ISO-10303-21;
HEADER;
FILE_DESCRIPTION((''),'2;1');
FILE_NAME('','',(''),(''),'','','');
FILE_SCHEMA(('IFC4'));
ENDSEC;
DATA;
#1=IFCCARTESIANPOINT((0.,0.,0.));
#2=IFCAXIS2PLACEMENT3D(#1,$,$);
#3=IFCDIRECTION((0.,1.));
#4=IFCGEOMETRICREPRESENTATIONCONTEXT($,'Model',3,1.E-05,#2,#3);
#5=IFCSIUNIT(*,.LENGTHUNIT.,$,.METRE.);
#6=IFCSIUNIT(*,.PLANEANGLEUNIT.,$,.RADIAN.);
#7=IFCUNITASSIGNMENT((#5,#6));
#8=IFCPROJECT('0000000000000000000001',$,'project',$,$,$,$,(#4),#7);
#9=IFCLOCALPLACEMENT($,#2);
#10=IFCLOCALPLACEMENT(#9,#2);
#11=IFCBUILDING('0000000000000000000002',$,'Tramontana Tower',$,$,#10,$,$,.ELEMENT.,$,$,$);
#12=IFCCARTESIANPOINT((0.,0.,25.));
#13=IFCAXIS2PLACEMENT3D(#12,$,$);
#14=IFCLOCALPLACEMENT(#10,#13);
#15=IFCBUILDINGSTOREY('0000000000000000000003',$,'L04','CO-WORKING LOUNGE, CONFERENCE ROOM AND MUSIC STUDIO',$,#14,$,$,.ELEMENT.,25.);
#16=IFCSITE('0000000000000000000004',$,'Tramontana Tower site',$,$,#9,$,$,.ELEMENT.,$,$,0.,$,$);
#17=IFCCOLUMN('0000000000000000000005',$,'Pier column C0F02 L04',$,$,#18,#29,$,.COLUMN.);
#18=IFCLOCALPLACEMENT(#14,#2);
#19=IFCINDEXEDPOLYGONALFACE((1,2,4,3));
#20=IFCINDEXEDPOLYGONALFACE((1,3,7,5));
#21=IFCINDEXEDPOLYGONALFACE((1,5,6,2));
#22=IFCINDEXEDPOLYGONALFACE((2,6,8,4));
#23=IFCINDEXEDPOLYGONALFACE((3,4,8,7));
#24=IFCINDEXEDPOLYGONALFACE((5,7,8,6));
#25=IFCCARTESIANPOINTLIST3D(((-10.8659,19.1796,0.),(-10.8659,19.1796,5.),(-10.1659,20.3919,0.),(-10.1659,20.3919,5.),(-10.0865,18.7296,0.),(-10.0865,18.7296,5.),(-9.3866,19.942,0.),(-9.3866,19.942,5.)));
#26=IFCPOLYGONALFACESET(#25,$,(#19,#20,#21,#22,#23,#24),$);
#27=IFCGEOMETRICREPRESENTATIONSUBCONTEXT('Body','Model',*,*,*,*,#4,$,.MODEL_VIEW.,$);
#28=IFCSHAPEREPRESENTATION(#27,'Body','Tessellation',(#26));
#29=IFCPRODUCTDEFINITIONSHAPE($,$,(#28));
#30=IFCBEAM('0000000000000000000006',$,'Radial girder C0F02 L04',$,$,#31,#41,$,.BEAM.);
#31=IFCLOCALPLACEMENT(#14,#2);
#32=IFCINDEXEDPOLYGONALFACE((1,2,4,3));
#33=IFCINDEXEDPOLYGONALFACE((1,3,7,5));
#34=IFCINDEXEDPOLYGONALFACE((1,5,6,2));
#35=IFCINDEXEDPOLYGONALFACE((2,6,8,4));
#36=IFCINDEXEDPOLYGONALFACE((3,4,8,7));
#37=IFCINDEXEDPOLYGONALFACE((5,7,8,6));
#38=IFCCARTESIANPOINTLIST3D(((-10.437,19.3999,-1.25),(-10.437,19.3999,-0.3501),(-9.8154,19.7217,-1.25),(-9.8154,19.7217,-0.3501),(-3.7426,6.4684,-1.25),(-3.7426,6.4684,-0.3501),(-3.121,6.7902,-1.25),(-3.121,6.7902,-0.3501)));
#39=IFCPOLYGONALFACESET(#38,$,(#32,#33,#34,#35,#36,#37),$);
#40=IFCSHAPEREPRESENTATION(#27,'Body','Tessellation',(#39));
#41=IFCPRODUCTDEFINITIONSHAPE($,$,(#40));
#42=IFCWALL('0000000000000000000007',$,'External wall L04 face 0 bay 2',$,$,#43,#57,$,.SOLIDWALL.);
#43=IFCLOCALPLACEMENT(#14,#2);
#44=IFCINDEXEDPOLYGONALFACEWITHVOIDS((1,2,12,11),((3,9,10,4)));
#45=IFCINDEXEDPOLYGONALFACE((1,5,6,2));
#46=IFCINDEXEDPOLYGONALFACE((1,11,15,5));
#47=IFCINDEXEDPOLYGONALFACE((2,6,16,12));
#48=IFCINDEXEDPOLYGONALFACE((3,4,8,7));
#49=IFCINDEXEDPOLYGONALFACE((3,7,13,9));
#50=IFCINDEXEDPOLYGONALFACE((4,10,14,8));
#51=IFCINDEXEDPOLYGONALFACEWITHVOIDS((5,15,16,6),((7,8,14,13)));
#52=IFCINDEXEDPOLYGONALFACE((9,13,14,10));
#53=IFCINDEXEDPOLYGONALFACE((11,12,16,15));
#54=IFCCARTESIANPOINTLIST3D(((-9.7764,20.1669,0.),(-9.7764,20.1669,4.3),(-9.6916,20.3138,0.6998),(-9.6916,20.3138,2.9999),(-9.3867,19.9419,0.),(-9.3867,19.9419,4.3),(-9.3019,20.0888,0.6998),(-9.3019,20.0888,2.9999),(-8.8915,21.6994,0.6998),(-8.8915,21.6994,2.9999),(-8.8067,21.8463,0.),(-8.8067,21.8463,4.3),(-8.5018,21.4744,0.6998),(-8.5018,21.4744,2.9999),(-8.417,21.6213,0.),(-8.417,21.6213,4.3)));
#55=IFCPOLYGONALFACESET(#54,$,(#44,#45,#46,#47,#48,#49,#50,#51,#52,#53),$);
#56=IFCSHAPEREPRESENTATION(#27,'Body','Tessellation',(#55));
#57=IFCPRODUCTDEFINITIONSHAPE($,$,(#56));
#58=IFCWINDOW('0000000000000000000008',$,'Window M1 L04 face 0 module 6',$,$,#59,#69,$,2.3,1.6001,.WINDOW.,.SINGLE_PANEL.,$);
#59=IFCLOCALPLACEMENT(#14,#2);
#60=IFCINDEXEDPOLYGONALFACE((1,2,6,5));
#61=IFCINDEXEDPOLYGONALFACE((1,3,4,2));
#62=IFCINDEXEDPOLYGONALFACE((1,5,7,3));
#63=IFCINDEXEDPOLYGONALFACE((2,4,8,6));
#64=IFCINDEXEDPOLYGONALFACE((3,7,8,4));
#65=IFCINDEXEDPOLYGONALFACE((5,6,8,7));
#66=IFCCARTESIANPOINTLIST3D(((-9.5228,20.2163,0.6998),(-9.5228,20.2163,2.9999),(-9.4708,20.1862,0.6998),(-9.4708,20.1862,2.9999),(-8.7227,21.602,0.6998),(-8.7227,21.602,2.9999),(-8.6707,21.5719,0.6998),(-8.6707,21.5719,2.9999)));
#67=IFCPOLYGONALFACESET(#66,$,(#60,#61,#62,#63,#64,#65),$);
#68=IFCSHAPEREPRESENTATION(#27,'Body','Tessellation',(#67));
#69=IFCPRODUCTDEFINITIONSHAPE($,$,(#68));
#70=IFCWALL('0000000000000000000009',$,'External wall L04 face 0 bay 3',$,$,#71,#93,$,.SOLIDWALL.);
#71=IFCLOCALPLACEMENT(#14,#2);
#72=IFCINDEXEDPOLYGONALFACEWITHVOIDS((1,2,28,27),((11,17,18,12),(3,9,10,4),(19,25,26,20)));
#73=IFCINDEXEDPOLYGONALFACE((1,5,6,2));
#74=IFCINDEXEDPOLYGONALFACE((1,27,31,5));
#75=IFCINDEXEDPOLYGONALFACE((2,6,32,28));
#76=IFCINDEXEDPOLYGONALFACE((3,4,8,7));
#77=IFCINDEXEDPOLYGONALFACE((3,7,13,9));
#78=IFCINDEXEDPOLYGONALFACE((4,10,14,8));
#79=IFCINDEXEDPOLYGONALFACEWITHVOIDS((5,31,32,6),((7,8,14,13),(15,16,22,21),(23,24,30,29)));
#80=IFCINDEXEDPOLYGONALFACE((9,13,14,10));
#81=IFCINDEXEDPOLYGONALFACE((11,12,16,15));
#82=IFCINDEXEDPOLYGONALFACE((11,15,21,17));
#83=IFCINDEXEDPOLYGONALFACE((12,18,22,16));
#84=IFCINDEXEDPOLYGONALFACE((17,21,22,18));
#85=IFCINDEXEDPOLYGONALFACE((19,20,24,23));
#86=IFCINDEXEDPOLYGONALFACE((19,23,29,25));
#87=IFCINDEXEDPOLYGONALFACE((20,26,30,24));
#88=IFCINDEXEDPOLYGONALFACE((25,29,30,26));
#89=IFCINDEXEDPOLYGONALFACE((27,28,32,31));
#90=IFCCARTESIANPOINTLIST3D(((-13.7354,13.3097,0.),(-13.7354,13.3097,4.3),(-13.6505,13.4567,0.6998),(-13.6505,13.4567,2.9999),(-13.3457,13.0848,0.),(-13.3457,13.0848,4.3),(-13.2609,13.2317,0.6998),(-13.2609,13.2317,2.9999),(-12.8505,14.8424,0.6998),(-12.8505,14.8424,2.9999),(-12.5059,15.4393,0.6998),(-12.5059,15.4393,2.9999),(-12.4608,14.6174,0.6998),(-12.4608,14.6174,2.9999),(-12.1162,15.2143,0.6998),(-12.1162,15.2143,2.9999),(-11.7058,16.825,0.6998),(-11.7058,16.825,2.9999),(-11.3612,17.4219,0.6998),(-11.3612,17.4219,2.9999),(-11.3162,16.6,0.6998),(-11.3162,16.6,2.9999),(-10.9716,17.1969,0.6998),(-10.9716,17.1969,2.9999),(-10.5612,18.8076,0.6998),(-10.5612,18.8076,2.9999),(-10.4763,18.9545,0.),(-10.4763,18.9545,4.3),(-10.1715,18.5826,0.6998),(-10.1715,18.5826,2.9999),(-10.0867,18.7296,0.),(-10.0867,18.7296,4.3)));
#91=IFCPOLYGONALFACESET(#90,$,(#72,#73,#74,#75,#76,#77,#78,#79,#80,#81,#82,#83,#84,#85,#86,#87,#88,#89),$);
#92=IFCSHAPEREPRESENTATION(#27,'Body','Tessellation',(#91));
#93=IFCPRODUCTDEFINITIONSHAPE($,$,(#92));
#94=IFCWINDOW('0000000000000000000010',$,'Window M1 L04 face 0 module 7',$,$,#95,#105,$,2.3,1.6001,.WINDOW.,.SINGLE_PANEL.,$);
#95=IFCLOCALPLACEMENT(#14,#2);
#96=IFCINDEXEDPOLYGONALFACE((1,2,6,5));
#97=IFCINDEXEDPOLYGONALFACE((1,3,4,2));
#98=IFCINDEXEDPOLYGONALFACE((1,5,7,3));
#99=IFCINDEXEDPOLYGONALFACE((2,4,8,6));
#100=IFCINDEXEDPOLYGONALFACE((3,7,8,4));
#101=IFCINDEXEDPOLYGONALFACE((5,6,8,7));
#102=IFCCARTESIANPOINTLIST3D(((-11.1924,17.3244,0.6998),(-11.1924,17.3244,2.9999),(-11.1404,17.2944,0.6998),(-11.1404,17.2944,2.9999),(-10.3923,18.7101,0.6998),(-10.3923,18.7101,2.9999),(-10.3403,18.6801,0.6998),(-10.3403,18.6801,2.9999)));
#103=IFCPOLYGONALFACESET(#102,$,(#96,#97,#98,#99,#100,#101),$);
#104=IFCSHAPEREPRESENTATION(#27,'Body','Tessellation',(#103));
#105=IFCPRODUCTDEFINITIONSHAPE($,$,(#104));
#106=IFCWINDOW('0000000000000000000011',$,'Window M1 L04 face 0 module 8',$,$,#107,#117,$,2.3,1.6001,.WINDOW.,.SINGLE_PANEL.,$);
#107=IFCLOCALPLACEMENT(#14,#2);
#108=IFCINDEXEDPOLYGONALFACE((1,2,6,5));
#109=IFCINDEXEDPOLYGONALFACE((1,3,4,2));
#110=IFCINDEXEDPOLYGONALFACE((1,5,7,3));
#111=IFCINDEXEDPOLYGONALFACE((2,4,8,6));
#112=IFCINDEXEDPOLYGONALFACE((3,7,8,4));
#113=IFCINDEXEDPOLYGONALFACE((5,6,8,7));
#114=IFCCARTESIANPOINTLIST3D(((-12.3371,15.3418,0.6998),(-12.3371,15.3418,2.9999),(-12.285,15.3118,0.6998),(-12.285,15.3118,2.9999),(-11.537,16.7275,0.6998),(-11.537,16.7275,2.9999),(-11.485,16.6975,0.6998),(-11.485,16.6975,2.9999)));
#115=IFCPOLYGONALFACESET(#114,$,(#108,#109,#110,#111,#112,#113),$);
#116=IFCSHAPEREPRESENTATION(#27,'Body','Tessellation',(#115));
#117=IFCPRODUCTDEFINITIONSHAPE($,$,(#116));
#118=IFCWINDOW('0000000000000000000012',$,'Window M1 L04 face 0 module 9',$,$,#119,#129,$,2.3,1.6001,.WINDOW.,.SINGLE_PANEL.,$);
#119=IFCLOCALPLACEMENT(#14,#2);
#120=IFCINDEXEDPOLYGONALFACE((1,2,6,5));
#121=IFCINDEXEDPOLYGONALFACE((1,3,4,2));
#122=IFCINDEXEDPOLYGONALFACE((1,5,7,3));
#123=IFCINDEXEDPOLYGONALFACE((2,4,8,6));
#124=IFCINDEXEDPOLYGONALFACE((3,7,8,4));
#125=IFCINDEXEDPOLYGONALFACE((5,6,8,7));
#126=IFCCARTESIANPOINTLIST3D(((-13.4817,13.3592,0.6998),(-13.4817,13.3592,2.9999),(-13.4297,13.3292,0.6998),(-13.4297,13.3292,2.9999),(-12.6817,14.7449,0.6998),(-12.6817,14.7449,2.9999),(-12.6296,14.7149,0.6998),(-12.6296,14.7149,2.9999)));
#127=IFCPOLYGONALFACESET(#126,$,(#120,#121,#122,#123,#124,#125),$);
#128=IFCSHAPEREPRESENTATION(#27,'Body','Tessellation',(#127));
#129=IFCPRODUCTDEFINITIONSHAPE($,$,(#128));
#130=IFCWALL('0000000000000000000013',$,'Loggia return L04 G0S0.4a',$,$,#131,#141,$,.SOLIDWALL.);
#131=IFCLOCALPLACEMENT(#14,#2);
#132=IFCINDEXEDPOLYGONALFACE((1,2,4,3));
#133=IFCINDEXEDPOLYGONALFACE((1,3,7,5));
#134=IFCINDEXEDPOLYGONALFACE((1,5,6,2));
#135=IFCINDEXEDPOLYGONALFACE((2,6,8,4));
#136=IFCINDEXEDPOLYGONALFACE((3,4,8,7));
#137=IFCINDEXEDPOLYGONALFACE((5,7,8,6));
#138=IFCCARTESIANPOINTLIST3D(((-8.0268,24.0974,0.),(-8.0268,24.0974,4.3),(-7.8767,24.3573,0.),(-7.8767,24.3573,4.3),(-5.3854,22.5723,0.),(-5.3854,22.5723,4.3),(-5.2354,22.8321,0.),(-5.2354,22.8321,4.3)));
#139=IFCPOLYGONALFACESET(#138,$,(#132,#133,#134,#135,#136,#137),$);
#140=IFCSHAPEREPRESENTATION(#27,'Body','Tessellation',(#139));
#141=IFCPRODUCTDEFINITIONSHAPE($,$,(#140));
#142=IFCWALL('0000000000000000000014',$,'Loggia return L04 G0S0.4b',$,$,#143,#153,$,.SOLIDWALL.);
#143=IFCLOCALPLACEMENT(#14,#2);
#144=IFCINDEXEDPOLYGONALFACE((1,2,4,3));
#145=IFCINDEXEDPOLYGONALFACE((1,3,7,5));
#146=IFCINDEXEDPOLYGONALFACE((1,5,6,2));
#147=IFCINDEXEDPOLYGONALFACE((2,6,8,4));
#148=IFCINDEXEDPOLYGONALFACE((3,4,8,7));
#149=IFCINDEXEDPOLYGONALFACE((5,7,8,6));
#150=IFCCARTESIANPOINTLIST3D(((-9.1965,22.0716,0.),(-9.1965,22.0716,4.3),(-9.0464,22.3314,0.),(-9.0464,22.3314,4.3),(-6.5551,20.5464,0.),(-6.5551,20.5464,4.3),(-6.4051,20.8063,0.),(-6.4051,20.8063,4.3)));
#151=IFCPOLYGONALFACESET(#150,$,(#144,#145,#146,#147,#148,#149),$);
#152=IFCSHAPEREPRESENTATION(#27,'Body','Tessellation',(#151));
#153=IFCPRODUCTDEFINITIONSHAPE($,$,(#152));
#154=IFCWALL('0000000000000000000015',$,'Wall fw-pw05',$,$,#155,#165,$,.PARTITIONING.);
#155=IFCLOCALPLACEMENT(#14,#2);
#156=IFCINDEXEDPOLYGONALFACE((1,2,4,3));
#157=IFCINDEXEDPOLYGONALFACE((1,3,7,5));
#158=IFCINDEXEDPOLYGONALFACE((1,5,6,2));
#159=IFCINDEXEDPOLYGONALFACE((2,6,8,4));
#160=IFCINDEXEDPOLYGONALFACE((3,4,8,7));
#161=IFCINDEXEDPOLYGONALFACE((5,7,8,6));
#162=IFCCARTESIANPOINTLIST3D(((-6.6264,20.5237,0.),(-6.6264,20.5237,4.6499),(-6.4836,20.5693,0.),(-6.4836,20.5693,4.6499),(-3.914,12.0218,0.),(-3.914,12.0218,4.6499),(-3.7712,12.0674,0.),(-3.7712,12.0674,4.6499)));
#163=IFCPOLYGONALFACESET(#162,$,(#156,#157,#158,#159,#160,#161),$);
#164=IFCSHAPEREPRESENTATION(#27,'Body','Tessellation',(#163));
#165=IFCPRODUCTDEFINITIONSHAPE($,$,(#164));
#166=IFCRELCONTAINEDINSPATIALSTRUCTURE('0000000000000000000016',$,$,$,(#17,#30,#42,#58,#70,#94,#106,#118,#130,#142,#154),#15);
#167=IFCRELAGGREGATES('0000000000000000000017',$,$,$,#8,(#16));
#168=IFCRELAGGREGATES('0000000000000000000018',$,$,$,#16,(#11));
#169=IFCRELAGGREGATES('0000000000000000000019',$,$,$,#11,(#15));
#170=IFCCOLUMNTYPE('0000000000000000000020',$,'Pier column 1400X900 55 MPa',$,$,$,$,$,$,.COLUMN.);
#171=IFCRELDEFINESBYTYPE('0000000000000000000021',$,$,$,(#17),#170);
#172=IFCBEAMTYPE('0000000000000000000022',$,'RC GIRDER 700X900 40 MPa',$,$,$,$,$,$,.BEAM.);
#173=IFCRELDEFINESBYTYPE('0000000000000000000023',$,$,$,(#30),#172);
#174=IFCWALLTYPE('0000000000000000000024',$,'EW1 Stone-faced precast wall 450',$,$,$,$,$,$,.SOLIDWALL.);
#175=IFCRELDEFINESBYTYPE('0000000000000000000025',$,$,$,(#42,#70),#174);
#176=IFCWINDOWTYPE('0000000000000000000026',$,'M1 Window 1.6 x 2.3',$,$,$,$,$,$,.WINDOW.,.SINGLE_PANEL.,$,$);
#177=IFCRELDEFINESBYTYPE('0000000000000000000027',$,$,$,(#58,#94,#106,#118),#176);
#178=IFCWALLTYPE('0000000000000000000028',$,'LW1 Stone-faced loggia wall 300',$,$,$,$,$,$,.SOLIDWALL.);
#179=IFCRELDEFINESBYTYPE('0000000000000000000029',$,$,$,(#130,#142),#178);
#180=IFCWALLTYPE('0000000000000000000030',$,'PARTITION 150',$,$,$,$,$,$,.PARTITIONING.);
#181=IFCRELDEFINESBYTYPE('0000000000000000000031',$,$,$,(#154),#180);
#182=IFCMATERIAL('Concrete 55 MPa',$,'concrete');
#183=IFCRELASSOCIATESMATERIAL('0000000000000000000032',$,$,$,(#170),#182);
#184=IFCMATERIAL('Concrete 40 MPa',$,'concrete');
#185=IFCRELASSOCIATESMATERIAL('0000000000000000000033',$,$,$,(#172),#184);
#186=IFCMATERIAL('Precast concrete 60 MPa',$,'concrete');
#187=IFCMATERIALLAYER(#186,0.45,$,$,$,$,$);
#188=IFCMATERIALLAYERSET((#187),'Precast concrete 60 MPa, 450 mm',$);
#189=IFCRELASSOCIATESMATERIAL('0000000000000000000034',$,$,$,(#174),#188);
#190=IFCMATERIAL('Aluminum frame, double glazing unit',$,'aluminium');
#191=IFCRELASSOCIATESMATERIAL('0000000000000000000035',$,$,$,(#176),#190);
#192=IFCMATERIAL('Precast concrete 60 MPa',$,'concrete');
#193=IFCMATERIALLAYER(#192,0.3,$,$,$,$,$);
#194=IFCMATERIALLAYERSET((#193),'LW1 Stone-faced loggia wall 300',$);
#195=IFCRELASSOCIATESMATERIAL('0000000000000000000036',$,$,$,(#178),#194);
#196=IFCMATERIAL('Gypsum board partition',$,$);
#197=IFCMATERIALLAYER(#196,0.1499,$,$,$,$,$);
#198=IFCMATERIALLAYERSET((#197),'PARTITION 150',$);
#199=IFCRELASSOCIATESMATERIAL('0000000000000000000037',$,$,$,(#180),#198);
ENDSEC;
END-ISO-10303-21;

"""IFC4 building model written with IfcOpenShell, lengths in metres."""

from ifc_helpers import new_model, si_unit, direction, frame, frame_2d, origin, origin_2d, place, context, subcontext, project, spatial, rectangle, extrude, material, layer, layer_set, material_profile, profile_set, type_object, element, fill, save


model = new_model("IFC4")

# Units and contexts
model_context = context("Model", 3, precision=1e-05, world=origin(), true_north=direction((0.0, 1.0)))
body_context = subcontext(model_context, "Body", "Model", "MODEL_VIEW")
ifc_project = project(units=[si_unit("LENGTHUNIT", "METRE"), si_unit("PLANEANGLEUNIT", "RADIAN")], contexts=[model_context])

# Site, building, storey
site_placement = place(None, origin())
site = spatial("IfcSite", under=ifc_project, at=site_placement, Name="Tramontana Tower site", CompositionType="ELEMENT", RefElevation=0.0)
building_placement = place(site_placement, origin())
building = spatial("IfcBuilding", under=site, at=building_placement, Name="Tramontana Tower", CompositionType="ELEMENT")
storey_placement = place(building_placement, frame((0.0, 0.0, 25.0)))
storey = spatial("IfcBuildingStorey", under=building, at=storey_placement, Name="L04", Description="CO-WORKING LOUNGE, CONFERENCE ROOM AND MUSIC STUDIO", CompositionType="ELEMENT", Elevation=25.0)

# Column
ifc_material_1 = material(Name="Concrete 55 MPa", Category="concrete")
ifc_material_profile_1 = material_profile(ifc_material_1, rectangle(XDim=1.3999, YDim=0.8999, at=origin_2d()), Name="Pier column 1400X900 55 MPa")
ifc_profile_set_1 = profile_set([ifc_material_profile_1], Name="Concrete 55 MPa")
column_type = type_object("IfcColumnType", Name="Pier column 1400X900 55 MPa", PredefinedType="COLUMN", material=ifc_profile_set_1)
column_placement = place(storey_placement, frame((-10.1262, 19.5608, 0.0), z_axis=(0.0, 0.0, 1.0), x_axis=(-0.5, -0.866025, 0.0)))
element("IfcColumn", 1, at=column_placement, inside=storey, type_object=column_type, Name="Pier column C0F02 L04", PredefinedType="COLUMN", context=body_context, shape_type="SweptSolid", body=[
    extrude(rectangle(XDim=1.3999, YDim=0.8999, at=origin_2d()), origin(), (0.0, 0.0, 1.0), 5.0),
])

# Beam
ifc_material_2 = material(Name="Concrete 40 MPa", Category="concrete")
ifc_material_profile_2 = material_profile(ifc_material_2, rectangle(XDim=0.7, YDim=0.8999, at=origin_2d()), Name="RC GIRDER 700X900 40 MPa")
ifc_profile_set_2 = profile_set([ifc_material_profile_2], Name="Concrete 40 MPa")
beam_type = type_object("IfcBeamType", Name="RC GIRDER 700X900 40 MPa", PredefinedType="BEAM", material=ifc_profile_set_2)
beam_placement = place(storey_placement, frame((-10.1262, 19.5608, -0.8), z_axis=(0.459731, -0.888058, 0.0), x_axis=(0.888058, 0.459731, 0.0)))
element("IfcBeam", 2, at=beam_placement, inside=storey, type_object=beam_type, Name="Radial girder C0F02 L04", PredefinedType="BEAM", context=body_context, shape_type="SweptSolid", body=[
    extrude(rectangle(XDim=0.7, YDim=0.8999, at=origin_2d()), origin(), (0.0, 0.0, 1.0), 14.5615),
])

# Wall, opening, window
ifc_material_3 = material(Name="Precast concrete 60 MPa", Category="concrete")
ifc_layer_1 = layer(ifc_material_3, 0.45)
ifc_layer_set_1 = layer_set([ifc_layer_1], Name="Precast concrete 60 MPa, 450 mm")
wall_type_1 = type_object("IfcWallType", Name="EW1 Stone-faced precast wall 450", PredefinedType="SOLIDWALL", material=ifc_layer_set_1)
wall_1_placement = place(storey_placement, frame((-8.6118, 21.7339, 0.0), z_axis=(0.0, 0.0, 1.0), x_axis=(-0.500038, -0.866003, 0.0)))
wall_1 = element("IfcWall", 3, at=wall_1_placement, inside=storey, type_object=wall_type_1, Name="External wall L04 face 0 bay 2", PredefinedType="SOLIDWALL", context=body_context, shape_type="SweptSolid", body=[
    extrude(rectangle(XDim=1.9392, YDim=0.45, at=frame_2d((0.9697, 0.0))), origin(), (0.0, 0.0, 1.0), 4.3),
])
opening_1_placement = place(wall_1_placement, frame((0.1697, 0.0, 0.7)))
opening_1 = element("IfcOpeningElement", 4, at=opening_1_placement, cuts=wall_1, PredefinedType="OPENING", context=body_context, shape_type="SweptSolid", body=[
    extrude(rectangle(XDim=1.6001, YDim=2.3, at=frame_2d((0.8, 1.1499))), frame((0.0, 0.2349, 0.0), z_axis=(0.0, -1.0, 0.0), x_axis=(1.0, 0.0, 0.0)), (0.0, 0.0, 1.0), 0.47),
])
ifc_material_4 = material(Name="Aluminum frame, double glazing unit", Category="aluminium")
window_type = type_object("IfcWindowType", Name="M1 Window 1.6 x 2.3", PartitioningType="SINGLE_PANEL", PredefinedType="WINDOW", material=ifc_material_4)
window_1_placement = place(opening_1_placement, origin())
window_1 = element("IfcWindow", 5, at=window_1_placement, inside=storey, type_object=window_type, Name="Window M1 L04 face 0 module 6", OverallHeight=2.3, OverallWidth=1.6001, PartitioningType="SINGLE_PANEL", PredefinedType="WINDOW", context=body_context, shape_type="SweptSolid", body=[
    extrude(rectangle(XDim=1.6001, YDim=2.3, at=frame_2d((0.8, 1.1499))), frame((0.0, 0.03, 0.0), z_axis=(0.0, -1.0, 0.0), x_axis=(1.0, 0.0, 0.0)), (0.0, 0.0, 1.0), 0.0601),
])
fill(opening_1, window_1)

# Wall, openings, windows
wall_2_placement = place(storey_placement, frame((-10.2815, 18.842, 0.0), z_axis=(0.0, 0.0, 1.0), x_axis=(-0.500002, -0.866024, 0.0)))
wall_2 = element("IfcWall", 6, at=wall_2_placement, inside=storey, type_object=wall_type_1, Name="External wall L04 face 0 bay 3", PredefinedType="SOLIDWALL", context=body_context, shape_type="SweptSolid", body=[
    extrude(rectangle(XDim=6.5181, YDim=0.45, at=frame_2d((3.259, 0.0))), origin(), (0.0, 0.0, 1.0), 4.3),
])
opening_2_placement = place(wall_2_placement, frame((0.1697, 0.0, 0.7)))
opening_2 = element("IfcOpeningElement", 7, at=opening_2_placement, cuts=wall_2, PredefinedType="OPENING", context=body_context, shape_type="SweptSolid", body=[
    extrude(rectangle(XDim=1.6001, YDim=2.3, at=frame_2d((0.8, 1.1499))), frame((0.0, 0.2349, 0.0), z_axis=(0.0, -1.0, 0.0), x_axis=(1.0, 0.0, 0.0)), (0.0, 0.0, 1.0), 0.47),
])
opening_3_placement = place(wall_2_placement, frame((2.459, 0.0, 0.7)))
opening_3 = element("IfcOpeningElement", 8, at=opening_3_placement, cuts=wall_2, PredefinedType="OPENING", context=body_context, shape_type="SweptSolid", body=[
    extrude(rectangle(XDim=1.6001, YDim=2.3, at=frame_2d((0.8, 1.1499))), frame((0.0, 0.2349, 0.0), z_axis=(0.0, -1.0, 0.0), x_axis=(1.0, 0.0, 0.0)), (0.0, 0.0, 1.0), 0.47),
])
opening_4_placement = place(wall_2_placement, frame((4.7483, 0.0, 0.7)))
opening_4 = element("IfcOpeningElement", 9, at=opening_4_placement, cuts=wall_2, PredefinedType="OPENING", context=body_context, shape_type="SweptSolid", body=[
    extrude(rectangle(XDim=1.6001, YDim=2.3, at=frame_2d((0.8, 1.1499))), frame((0.0, 0.2349, 0.0), z_axis=(0.0, -1.0, 0.0), x_axis=(1.0, 0.0, 0.0)), (0.0, 0.0, 1.0), 0.47),
])
window_2_placement = place(opening_2_placement, origin())
window_2 = element("IfcWindow", 10, at=window_2_placement, inside=storey, type_object=window_type, Name="Window M1 L04 face 0 module 7", OverallHeight=2.3, OverallWidth=1.6001, PartitioningType="SINGLE_PANEL", PredefinedType="WINDOW", context=body_context, shape_type="SweptSolid", body=[
    extrude(rectangle(XDim=1.6001, YDim=2.3, at=frame_2d((0.8, 1.1499))), frame((0.0, 0.03, 0.0), z_axis=(0.0, -1.0, 0.0), x_axis=(1.0, 0.0, 0.0)), (0.0, 0.0, 1.0), 0.0601),
])
fill(opening_2, window_2)
window_3_placement = place(opening_3_placement, origin())
window_3 = element("IfcWindow", 11, at=window_3_placement, inside=storey, type_object=window_type, Name="Window M1 L04 face 0 module 8", OverallHeight=2.3, OverallWidth=1.6001, PartitioningType="SINGLE_PANEL", PredefinedType="WINDOW", context=body_context, shape_type="SweptSolid", body=[
    extrude(rectangle(XDim=1.6001, YDim=2.3, at=frame_2d((0.8, 1.1499))), frame((0.0, 0.03, 0.0), z_axis=(0.0, -1.0, 0.0), x_axis=(1.0, 0.0, 0.0)), (0.0, 0.0, 1.0), 0.0601),
])
fill(opening_3, window_3)
window_4_placement = place(opening_4_placement, origin())
window_4 = element("IfcWindow", 12, at=window_4_placement, inside=storey, type_object=window_type, Name="Window M1 L04 face 0 module 9", OverallHeight=2.3, OverallWidth=1.6001, PartitioningType="SINGLE_PANEL", PredefinedType="WINDOW", context=body_context, shape_type="SweptSolid", body=[
    extrude(rectangle(XDim=1.6001, YDim=2.3, at=frame_2d((0.8, 1.1499))), frame((0.0, 0.03, 0.0), z_axis=(0.0, -1.0, 0.0), x_axis=(1.0, 0.0, 0.0)), (0.0, 0.0, 1.0), 0.0601),
])
fill(opening_4, window_4)

# Shared definitions
ifc_material_5 = material(Name="Precast concrete 60 MPa", Category="concrete")
ifc_layer_2 = layer(ifc_material_5, 0.3)
ifc_layer_set_2 = layer_set([ifc_layer_2], Name="LW1 Stone-faced loggia wall 300")
wall_type_2 = type_object("IfcWallType", Name="LW1 Stone-faced loggia wall 300", PredefinedType="SOLIDWALL", material=ifc_layer_set_2)

# Walls
for number, where, z_axis, x_axis, name in (
    (13, (-7.9517, 24.2273, 0.0), (0.0, 0.0, 1.0), (0.866003, -0.500039, 0.0), "Loggia return L04 G0S0.4a"),
    (14, (-9.1213, 22.2014, 0.0), (0.0, 0.0, 1.0), (0.866003, -0.500039, 0.0), "Loggia return L04 G0S0.4b"),
):
    element("IfcWall", number, at=place(storey_placement, frame(where, z_axis=z_axis, x_axis=x_axis)), inside=storey, type_object=wall_type_2, Name=name, PredefinedType="SOLIDWALL", context=body_context, shape_type="SweptSolid", body=[
        extrude(rectangle(XDim=3.05, YDim=0.3, at=frame_2d((1.5249, 0.0))), origin(), (0.0, 0.0, 1.0), 4.3),
    ])
ifc_material_6 = material(Name="Gypsum board partition")
ifc_layer_3 = layer(ifc_material_6, 0.1499)
ifc_layer_set_3 = layer_set([ifc_layer_3], Name="PARTITION 150")
wall_type_3 = type_object("IfcWallType", Name="PARTITION 150", PredefinedType="PARTITIONING", material=ifc_layer_set_3)
wall_3_placement = place(storey_placement, frame((-6.5549, 20.5464, 0.0), z_axis=(0.0, 0.0, 1.0), x_axis=(0.30394, -0.952691, 0.0)))
element("IfcWall", 15, at=wall_3_placement, inside=storey, type_object=wall_type_3, Name="Wall fw-pw05", PredefinedType="PARTITIONING", context=body_context, shape_type="SweptSolid", body=[
    extrude(rectangle(XDim=8.9241, YDim=0.1499, at=frame_2d((4.4619, 0.0))), origin(), (0.0, 0.0, 1.0), 4.6499),
])

save(model, "model.ifc")
